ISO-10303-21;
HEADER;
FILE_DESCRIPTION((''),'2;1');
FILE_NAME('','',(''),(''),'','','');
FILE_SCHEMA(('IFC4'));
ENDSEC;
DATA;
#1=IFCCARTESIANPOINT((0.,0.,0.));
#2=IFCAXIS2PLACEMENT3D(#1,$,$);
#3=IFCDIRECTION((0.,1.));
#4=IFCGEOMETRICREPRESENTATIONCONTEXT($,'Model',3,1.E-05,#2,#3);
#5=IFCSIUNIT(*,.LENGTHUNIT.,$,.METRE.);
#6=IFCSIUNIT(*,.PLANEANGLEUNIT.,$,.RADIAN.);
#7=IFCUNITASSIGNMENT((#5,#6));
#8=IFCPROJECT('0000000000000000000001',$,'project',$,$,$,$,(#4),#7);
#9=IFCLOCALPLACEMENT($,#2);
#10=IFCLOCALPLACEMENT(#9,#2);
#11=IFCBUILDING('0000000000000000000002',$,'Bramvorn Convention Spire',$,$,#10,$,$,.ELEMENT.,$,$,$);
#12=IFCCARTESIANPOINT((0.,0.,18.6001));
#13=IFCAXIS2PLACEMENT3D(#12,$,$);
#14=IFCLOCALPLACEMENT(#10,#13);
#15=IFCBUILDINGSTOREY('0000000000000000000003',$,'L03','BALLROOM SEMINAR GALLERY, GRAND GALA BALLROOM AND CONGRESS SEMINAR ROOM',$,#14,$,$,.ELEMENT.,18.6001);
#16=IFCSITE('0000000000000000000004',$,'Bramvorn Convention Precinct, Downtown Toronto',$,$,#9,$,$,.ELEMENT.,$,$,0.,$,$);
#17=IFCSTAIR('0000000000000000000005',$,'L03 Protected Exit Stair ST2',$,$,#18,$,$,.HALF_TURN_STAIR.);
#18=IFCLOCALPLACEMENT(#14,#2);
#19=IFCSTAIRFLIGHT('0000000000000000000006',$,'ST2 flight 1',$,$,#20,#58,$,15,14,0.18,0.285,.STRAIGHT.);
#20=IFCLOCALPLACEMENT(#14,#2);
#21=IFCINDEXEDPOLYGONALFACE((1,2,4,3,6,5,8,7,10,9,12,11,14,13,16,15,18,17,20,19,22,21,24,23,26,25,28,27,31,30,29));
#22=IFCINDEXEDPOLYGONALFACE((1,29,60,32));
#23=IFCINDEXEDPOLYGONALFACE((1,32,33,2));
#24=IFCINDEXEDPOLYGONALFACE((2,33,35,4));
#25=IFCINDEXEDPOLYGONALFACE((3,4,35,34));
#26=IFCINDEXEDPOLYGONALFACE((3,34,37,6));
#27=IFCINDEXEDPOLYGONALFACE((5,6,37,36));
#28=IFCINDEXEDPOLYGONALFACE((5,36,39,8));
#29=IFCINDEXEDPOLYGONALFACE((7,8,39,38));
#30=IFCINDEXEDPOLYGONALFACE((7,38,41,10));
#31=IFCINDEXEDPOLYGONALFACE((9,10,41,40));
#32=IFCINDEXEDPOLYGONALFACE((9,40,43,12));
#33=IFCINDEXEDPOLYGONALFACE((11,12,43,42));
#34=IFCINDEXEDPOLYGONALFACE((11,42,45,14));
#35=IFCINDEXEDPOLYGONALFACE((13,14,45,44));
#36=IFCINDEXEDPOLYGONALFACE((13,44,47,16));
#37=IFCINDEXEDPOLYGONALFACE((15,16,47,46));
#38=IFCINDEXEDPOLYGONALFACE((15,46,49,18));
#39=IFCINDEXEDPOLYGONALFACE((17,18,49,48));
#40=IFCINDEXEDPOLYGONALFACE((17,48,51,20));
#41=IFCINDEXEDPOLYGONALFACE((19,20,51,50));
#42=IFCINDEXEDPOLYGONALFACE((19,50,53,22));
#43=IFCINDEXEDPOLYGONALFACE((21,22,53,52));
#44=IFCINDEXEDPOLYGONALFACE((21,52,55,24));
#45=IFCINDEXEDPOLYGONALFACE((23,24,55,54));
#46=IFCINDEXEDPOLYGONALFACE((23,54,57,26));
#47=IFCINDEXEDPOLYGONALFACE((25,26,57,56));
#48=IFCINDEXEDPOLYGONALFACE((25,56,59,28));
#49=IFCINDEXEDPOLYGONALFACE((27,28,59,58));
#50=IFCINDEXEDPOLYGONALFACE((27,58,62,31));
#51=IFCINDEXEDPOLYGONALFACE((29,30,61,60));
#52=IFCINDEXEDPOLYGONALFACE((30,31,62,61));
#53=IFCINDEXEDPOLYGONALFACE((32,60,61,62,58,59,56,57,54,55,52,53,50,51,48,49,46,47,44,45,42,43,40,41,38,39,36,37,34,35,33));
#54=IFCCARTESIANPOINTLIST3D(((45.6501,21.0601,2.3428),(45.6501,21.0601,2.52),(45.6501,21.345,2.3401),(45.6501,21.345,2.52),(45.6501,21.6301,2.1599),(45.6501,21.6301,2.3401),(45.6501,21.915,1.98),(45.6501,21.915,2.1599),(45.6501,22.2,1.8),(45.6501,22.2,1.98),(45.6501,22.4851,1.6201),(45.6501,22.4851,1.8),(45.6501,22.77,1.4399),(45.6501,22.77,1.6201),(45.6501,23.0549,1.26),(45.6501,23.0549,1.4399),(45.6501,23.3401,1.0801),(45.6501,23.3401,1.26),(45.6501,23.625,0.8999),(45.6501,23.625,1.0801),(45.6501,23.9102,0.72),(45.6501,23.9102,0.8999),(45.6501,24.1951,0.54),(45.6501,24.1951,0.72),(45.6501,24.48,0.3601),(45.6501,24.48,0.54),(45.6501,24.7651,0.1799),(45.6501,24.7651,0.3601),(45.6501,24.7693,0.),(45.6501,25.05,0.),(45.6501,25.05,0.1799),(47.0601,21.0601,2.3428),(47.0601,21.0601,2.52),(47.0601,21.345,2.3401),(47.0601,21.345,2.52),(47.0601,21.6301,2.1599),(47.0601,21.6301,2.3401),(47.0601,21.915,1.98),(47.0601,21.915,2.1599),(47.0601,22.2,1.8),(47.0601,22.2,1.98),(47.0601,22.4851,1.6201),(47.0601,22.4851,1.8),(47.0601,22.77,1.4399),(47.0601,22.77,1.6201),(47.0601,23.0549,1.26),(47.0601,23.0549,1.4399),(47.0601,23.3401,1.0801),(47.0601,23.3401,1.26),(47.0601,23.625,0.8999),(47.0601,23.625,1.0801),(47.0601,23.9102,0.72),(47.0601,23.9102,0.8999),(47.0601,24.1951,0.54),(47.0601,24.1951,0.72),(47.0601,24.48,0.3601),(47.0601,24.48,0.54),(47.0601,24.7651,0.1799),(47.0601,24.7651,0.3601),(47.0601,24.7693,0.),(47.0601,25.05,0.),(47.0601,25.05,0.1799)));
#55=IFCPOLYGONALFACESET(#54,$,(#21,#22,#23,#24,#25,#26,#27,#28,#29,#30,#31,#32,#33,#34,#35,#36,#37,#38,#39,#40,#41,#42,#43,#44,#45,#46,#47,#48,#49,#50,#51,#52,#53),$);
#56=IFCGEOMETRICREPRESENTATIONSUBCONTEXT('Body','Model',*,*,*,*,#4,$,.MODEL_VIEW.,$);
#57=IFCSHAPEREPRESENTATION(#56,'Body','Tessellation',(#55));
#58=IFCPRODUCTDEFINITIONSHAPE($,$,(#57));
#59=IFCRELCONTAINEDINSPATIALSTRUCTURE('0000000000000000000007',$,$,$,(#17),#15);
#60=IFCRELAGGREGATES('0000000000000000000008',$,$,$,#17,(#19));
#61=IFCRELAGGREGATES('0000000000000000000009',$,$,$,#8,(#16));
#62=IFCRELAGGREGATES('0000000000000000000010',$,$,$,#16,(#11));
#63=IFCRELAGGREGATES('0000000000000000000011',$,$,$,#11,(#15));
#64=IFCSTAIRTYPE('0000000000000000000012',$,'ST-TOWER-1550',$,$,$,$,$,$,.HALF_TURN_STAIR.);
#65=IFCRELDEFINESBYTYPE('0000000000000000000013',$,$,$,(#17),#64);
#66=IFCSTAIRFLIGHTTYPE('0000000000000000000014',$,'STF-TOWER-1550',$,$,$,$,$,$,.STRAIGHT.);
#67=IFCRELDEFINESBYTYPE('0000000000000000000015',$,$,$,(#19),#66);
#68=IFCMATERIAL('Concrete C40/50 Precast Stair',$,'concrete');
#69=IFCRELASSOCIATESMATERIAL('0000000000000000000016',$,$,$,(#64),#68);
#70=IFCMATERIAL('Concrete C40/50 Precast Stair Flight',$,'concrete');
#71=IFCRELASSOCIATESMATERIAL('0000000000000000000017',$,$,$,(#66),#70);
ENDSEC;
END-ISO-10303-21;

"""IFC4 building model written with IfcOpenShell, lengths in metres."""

from ifc_helpers import new_model, si_unit, direction, frame, origin, place, context, subcontext, project, spatial, polyline, outline, extrude, material, type_object, element, aggregate, save


model = new_model("IFC4")

# Units and contexts
model_context = context("Model", 3, precision=1e-05, world=origin(), true_north=direction((0.0, 1.0)))
body_context = subcontext(model_context, "Body", "Model", "MODEL_VIEW")
ifc_project = project(units=[si_unit("LENGTHUNIT", "METRE"), si_unit("PLANEANGLEUNIT", "RADIAN")], contexts=[model_context])

# Site, building, storey
site_placement = place(None, origin())
site = spatial("IfcSite", under=ifc_project, at=site_placement, Name="Bramvorn Convention Precinct, Downtown Toronto", CompositionType="ELEMENT", RefElevation=0.0)
building_placement = place(site_placement, origin())
building = spatial("IfcBuilding", under=site, at=building_placement, Name="Bramvorn Convention Spire", CompositionType="ELEMENT")
storey_placement = place(building_placement, frame((0.0, 0.0, 18.6001)))
storey = spatial("IfcBuildingStorey", under=building, at=storey_placement, Name="L03", Description="BALLROOM SEMINAR GALLERY, GRAND GALA BALLROOM AND CONGRESS SEMINAR ROOM", CompositionType="ELEMENT", Elevation=18.6001)

# Stair, stair flight
ifc_material_1 = material(Name="Concrete C40/50 Precast Stair", Category="concrete")
stair_type = type_object("IfcStairType", Name="ST-TOWER-1550", PredefinedType="HALF_TURN_STAIR", material=ifc_material_1)
stair_placement = place(storey_placement, origin())
stair = element("IfcStair", 1, at=stair_placement, inside=storey, type_object=stair_type, Name="L03 Protected Exit Stair ST2", PredefinedType="HALF_TURN_STAIR")
ifc_material_2 = material(Name="Concrete C40/50 Precast Stair Flight", Category="concrete")
stair_flight_type = type_object("IfcStairFlightType", Name="STF-TOWER-1550", PredefinedType="STRAIGHT", material=ifc_material_2)
stair_flight_placement = place(storey_placement, frame((46.355, 25.05, 0.0), z_axis=(0.0, 0.0, 1.0), x_axis=(0.0, -1.0, 0.0)))
stair_flight = element("IfcStairFlight", 2, at=stair_flight_placement, type_object=stair_flight_type, Name="ST2 flight 1", NumberOfRisers=15, NumberOfTreads=14, PredefinedType="STRAIGHT", RiserHeight=0.18, TreadLength=0.285, context=body_context, shape_type="SweptSolid", body=[
    extrude(outline(polyline([(0.0, 0.0), (0.0, 0.1799), (0.2849, 0.1799), (0.2849, 0.3601), (0.5701, 0.3601), (0.5701, 0.54), (0.855, 0.54), (0.855, 0.72), (1.1399, 0.72), (1.1399, 0.8999), (1.425, 0.8999), (1.425, 1.0801), (1.71, 1.0801), (1.71, 1.26), (1.9951, 1.26), (1.9951, 1.4399), (2.28, 1.4399), (2.28, 1.6201), (2.5649, 1.6201), (2.5649, 1.8), (2.8501, 1.8), (2.8501, 1.98), (3.135, 1.98), (3.135, 2.1599), (3.4199, 2.1599), (3.4199, 2.3401), (3.7051, 2.3401), (3.7051, 2.52), (3.99, 2.52), (3.99, 2.7), (3.99, 2.3428), (0.2808, 0.0), (0.0, 0.0)])), frame((0.0, 0.7051, 0.0), z_axis=(0.0, -1.0, 0.0), x_axis=(1.0, 0.0, 0.0)), (0.0, 0.0, 1.0), 1.4099),
])
aggregate(stair, [stair_flight])

save(model, "model.ifc")
